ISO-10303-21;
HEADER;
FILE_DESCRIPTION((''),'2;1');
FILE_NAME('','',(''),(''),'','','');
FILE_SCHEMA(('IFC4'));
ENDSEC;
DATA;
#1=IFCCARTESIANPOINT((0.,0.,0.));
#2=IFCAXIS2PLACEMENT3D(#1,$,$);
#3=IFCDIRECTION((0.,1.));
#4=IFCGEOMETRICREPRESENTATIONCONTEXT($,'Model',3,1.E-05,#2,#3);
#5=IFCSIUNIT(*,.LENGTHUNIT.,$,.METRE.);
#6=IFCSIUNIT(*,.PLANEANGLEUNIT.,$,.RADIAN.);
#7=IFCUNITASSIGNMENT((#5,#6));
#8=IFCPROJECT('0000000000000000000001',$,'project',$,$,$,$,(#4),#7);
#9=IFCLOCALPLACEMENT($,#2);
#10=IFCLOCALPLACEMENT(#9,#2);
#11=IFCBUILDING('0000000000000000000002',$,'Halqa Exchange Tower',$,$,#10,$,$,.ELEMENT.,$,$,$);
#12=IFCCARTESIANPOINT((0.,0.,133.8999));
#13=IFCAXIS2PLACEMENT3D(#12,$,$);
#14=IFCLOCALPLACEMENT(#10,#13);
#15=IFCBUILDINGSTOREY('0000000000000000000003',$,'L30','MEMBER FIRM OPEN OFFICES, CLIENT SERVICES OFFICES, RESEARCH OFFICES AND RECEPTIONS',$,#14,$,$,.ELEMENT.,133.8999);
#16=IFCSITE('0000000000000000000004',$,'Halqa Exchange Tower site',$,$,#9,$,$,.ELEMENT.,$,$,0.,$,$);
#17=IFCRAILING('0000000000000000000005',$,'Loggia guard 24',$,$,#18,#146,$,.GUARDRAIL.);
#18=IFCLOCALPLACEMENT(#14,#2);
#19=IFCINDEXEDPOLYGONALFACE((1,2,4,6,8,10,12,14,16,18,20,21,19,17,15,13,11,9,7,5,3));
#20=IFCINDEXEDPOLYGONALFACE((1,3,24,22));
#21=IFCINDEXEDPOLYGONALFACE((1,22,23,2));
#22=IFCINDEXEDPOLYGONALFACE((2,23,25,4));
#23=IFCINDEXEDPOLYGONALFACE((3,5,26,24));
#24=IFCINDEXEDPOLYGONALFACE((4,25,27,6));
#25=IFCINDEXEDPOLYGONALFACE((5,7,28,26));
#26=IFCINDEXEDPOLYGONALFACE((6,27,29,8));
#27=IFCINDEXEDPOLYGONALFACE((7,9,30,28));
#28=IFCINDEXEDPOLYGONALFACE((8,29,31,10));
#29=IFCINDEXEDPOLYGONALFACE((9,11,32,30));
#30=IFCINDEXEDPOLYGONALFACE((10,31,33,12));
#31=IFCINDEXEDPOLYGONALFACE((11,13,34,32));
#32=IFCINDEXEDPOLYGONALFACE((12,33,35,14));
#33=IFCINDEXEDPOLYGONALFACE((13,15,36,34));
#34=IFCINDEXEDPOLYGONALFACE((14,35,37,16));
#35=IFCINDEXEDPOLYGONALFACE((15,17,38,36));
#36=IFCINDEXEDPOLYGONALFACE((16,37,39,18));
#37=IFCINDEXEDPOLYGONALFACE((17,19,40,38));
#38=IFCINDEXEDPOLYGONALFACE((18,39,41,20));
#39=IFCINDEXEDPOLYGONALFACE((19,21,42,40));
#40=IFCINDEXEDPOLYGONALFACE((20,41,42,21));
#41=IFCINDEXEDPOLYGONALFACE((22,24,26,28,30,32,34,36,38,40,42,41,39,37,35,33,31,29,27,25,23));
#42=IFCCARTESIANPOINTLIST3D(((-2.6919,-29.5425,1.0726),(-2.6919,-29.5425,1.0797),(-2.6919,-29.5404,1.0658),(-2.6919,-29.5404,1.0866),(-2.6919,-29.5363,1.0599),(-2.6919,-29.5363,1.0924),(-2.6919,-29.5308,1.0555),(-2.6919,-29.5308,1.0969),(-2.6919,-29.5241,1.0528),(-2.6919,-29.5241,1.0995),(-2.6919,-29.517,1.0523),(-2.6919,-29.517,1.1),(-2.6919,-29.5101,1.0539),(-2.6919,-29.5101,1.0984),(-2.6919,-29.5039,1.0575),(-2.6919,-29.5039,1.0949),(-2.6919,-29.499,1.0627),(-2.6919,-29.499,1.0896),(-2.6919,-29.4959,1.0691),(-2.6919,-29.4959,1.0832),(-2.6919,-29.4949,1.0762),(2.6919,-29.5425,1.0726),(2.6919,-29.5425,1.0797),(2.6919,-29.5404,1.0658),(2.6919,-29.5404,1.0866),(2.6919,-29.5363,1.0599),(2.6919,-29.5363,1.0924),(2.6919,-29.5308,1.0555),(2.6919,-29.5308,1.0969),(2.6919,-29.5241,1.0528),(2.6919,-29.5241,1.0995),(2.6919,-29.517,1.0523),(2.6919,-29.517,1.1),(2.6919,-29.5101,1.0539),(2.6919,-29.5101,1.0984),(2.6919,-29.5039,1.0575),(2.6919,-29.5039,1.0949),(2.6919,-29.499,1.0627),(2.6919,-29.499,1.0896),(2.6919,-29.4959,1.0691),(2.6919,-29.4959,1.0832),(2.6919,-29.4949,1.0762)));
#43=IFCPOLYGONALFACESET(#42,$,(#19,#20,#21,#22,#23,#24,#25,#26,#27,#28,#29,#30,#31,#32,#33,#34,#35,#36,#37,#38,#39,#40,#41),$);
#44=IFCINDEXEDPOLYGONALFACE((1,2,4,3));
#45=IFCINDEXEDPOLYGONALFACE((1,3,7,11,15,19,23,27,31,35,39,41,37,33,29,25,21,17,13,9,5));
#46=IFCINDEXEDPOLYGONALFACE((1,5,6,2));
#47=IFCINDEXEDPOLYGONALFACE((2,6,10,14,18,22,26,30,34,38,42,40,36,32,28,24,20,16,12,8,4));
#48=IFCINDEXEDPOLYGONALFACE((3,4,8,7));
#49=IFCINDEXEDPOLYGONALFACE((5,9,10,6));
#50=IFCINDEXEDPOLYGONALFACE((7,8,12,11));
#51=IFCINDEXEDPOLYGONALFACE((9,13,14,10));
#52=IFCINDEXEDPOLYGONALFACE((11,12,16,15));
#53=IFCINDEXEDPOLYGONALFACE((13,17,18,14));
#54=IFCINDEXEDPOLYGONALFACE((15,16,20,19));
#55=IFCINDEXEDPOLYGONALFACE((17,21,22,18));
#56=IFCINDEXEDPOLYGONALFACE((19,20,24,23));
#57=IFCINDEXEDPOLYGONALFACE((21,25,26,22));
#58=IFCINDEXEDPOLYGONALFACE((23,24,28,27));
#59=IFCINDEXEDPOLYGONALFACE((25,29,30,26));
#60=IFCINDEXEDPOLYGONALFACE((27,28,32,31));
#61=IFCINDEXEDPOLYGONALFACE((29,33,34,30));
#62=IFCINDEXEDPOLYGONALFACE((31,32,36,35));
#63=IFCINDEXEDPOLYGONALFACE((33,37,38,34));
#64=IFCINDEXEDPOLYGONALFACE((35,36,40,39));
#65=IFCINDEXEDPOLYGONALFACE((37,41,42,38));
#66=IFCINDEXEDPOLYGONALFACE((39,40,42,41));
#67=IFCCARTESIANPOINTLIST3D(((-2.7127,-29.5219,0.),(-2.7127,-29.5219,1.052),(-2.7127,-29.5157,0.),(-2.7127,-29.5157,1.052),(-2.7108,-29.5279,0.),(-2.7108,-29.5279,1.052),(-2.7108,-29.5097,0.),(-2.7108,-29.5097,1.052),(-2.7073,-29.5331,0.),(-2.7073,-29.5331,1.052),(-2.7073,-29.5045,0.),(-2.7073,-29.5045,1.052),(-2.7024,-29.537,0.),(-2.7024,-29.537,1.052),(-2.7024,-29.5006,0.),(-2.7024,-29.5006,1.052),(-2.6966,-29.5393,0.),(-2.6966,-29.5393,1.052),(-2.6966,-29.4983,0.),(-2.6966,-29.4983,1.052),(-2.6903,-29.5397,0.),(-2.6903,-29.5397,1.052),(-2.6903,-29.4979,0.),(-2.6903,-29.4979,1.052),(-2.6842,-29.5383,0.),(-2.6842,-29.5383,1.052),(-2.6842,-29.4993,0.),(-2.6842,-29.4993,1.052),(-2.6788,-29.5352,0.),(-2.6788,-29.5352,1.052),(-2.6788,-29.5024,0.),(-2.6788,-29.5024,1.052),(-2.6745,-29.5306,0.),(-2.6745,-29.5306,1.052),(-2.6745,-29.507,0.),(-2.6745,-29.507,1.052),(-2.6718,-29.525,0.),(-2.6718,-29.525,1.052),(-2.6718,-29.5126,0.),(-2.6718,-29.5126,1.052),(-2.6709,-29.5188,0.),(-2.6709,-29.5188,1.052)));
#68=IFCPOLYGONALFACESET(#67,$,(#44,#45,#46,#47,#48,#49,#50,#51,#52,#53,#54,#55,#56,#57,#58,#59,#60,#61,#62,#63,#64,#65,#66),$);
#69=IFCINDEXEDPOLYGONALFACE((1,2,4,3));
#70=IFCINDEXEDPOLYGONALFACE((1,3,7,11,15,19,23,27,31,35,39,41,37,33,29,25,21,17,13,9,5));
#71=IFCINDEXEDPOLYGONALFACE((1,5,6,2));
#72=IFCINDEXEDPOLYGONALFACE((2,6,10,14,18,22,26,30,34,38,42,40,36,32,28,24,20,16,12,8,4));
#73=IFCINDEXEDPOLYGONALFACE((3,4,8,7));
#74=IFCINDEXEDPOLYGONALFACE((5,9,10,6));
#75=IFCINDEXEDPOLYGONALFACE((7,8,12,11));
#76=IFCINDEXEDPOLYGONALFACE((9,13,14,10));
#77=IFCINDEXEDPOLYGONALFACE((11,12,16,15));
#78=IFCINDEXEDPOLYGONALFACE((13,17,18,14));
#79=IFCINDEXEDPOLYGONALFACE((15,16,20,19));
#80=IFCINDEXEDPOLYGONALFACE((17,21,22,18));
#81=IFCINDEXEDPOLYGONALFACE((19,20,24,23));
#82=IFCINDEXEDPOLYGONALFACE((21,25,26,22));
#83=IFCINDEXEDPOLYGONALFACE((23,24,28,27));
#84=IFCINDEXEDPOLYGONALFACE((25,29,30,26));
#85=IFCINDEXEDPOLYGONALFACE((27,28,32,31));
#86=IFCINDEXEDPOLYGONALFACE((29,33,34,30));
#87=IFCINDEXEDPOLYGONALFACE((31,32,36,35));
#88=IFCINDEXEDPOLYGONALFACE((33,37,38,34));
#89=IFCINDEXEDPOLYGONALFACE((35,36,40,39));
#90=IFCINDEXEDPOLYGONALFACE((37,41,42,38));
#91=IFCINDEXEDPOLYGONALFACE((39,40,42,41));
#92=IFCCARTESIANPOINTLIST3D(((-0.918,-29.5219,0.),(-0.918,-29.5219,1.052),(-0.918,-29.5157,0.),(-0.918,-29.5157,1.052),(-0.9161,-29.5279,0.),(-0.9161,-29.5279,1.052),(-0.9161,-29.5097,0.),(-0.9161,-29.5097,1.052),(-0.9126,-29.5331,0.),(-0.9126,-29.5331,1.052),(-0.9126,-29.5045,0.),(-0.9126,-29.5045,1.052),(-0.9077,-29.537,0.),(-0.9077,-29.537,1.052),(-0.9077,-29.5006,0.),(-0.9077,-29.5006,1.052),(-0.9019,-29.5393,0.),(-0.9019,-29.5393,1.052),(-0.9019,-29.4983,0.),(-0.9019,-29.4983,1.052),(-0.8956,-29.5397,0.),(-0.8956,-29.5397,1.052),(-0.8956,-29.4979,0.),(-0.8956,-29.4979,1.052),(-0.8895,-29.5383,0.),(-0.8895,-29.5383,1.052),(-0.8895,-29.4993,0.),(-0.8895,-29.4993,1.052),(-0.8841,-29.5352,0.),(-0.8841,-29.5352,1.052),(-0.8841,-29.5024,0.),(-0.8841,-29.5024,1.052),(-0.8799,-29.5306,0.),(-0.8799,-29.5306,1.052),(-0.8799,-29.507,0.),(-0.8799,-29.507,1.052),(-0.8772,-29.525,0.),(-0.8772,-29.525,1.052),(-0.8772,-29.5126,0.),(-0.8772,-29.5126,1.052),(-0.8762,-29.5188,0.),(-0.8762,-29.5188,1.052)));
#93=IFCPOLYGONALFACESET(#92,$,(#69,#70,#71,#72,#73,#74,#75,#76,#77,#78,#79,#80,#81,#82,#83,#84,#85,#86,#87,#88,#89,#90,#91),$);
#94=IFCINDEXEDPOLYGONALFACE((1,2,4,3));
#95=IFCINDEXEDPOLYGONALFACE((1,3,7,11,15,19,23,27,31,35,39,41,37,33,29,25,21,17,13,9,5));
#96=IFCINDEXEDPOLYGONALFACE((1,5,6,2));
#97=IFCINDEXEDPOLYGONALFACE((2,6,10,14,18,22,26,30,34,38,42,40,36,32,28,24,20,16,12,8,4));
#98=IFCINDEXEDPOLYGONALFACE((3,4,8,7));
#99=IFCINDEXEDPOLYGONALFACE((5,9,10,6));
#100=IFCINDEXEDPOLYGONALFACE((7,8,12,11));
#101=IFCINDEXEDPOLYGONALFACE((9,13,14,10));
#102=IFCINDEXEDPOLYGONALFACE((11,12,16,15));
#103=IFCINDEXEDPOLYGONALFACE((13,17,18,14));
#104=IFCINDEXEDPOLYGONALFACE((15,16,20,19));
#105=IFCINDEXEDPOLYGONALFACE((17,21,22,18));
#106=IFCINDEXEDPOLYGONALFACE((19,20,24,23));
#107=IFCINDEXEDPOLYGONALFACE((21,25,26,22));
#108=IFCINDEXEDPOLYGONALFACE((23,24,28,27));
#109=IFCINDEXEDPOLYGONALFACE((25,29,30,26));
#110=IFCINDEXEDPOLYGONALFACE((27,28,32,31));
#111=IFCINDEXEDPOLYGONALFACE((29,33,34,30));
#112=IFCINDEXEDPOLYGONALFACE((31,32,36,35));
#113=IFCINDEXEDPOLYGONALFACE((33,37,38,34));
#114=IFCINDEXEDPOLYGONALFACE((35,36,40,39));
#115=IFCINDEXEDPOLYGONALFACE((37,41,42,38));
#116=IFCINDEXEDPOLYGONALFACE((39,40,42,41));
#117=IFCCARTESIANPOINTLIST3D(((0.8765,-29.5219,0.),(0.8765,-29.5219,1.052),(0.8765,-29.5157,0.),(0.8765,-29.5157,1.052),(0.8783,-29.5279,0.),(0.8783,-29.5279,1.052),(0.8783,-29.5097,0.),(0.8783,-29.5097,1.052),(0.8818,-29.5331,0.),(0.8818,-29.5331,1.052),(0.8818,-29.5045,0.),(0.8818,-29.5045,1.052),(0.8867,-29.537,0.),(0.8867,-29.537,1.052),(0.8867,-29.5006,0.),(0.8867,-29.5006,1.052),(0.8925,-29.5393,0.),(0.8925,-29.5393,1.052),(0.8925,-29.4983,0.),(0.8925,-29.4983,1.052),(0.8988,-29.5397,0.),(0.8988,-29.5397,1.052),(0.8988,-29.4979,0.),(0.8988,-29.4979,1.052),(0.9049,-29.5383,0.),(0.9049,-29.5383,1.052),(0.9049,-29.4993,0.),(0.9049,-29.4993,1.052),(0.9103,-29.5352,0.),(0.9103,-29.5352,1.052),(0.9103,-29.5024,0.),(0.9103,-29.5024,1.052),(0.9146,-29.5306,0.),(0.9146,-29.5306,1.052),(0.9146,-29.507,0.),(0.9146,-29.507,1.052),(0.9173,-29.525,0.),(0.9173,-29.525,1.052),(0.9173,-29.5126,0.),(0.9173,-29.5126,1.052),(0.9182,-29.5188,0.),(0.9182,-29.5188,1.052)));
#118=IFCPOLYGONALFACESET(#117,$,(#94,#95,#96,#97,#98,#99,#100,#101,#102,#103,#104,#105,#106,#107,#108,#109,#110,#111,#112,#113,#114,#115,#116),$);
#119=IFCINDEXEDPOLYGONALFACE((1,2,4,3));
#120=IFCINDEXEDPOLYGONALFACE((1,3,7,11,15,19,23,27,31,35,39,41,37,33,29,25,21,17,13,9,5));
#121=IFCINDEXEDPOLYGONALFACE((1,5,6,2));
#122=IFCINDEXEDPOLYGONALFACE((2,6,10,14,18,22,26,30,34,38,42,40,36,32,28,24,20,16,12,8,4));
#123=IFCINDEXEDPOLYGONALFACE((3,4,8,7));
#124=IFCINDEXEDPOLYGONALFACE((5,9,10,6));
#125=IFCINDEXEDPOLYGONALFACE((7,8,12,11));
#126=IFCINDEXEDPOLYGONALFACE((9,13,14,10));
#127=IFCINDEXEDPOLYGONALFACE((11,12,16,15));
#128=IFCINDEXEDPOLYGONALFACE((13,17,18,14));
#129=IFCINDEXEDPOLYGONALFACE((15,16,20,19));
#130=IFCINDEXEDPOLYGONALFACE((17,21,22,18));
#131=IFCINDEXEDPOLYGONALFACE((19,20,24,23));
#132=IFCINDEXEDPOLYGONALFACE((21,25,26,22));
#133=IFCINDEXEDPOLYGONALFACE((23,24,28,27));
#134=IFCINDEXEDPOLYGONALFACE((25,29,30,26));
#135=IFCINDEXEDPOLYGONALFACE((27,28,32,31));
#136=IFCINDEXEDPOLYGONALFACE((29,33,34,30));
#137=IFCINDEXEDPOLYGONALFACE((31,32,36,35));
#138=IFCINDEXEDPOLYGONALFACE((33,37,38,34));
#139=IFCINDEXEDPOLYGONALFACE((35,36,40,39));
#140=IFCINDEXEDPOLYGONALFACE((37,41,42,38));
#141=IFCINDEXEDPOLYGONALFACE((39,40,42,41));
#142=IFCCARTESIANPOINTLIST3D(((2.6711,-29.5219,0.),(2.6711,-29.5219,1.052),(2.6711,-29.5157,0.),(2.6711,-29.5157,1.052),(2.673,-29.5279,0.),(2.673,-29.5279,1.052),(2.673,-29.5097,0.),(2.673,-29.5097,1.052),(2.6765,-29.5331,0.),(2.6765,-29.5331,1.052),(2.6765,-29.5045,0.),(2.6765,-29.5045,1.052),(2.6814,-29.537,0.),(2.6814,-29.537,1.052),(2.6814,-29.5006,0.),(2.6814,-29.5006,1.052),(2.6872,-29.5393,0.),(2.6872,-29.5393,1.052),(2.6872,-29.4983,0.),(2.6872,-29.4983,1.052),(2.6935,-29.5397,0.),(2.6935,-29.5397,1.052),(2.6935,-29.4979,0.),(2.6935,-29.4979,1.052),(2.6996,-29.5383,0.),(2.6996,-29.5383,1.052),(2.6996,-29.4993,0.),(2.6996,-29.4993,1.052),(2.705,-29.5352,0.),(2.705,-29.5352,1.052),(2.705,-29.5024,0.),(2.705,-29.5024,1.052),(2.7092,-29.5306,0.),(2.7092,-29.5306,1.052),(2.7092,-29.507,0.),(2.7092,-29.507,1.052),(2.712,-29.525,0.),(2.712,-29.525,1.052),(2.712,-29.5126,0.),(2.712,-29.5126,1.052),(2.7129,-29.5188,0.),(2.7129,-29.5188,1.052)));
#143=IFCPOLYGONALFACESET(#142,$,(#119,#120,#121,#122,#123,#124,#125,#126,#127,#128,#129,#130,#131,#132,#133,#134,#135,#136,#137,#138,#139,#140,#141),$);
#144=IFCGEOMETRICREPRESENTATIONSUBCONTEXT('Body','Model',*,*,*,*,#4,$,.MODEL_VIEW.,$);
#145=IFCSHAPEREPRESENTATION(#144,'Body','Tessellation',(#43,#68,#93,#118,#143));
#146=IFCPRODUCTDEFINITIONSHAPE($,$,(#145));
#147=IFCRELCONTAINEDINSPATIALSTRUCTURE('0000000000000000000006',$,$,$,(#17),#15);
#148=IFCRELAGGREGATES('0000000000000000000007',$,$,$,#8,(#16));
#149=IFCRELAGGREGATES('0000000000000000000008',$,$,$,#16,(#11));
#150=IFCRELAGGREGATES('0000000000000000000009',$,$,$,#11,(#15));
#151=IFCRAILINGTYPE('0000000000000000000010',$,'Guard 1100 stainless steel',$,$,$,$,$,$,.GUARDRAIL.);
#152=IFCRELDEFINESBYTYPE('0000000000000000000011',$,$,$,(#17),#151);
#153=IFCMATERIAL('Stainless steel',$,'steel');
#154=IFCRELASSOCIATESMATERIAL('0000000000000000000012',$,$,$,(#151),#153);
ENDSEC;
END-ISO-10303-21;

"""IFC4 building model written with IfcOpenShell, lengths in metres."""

from ifc_helpers import new_model, si_unit, direction, frame, origin, origin_2d, place, context, subcontext, project, spatial, circle, extrude, material, type_object, element, save


model = new_model("IFC4")

# Units and contexts
model_context = context("Model", 3, precision=1e-05, world=origin(), true_north=direction((0.0, 1.0)))
body_context = subcontext(model_context, "Body", "Model", "MODEL_VIEW")
ifc_project = project(units=[si_unit("LENGTHUNIT", "METRE"), si_unit("PLANEANGLEUNIT", "RADIAN")], contexts=[model_context])

# Site, building, storey
site_placement = place(None, origin())
site = spatial("IfcSite", under=ifc_project, at=site_placement, Name="Halqa Exchange Tower site", CompositionType="ELEMENT", RefElevation=0.0)
building_placement = place(site_placement, origin())
building = spatial("IfcBuilding", under=site, at=building_placement, Name="Halqa Exchange Tower", CompositionType="ELEMENT")
storey_placement = place(building_placement, frame((0.0, 0.0, 133.8999)))
storey = spatial("IfcBuildingStorey", under=building, at=storey_placement, Name="L30", Description="MEMBER FIRM OPEN OFFICES, CLIENT SERVICES OFFICES, RESEARCH OFFICES AND RECEPTIONS", CompositionType="ELEMENT", Elevation=133.8999)

# Railing
ifc_material_1 = material(Name="Stainless steel", Category="steel")
railing_type = type_object("IfcRailingType", Name="Guard 1100 stainless steel", PredefinedType="GUARDRAIL", material=ifc_material_1)
railing_1_placement = place(storey_placement, frame((-2.6919, -29.5188, 0.0)))
element("IfcRailing", 1, at=railing_1_placement, inside=storey, type_object=railing_type, Name="Loggia guard 24", PredefinedType="GUARDRAIL", context=body_context, shape_type="SweptSolid", body=[
    extrude(circle(Radius=0.0239, at=origin_2d()), frame((0.0, 0.0, 1.0762), z_axis=(1.0, 0.0, 0.0), x_axis=(0.0, 1.0, 0.0)), (0.0, 0.0, 1.0), 5.3838),
    extrude(circle(Radius=0.021, at=origin_2d()), origin(), (0.0, 0.0, 1.0), 1.052),
    extrude(circle(Radius=0.021, at=origin_2d()), frame((1.7947, 0.0, 0.0)), (0.0, 0.0, 1.0), 1.052),
    extrude(circle(Radius=0.021, at=origin_2d()), frame((3.5891, 0.0, 0.0)), (0.0, 0.0, 1.0), 1.052),
    extrude(circle(Radius=0.021, at=origin_2d()), frame((5.3838, 0.0, 0.0)), (0.0, 0.0, 1.0), 1.052),
])

save(model, "model.ifc")
